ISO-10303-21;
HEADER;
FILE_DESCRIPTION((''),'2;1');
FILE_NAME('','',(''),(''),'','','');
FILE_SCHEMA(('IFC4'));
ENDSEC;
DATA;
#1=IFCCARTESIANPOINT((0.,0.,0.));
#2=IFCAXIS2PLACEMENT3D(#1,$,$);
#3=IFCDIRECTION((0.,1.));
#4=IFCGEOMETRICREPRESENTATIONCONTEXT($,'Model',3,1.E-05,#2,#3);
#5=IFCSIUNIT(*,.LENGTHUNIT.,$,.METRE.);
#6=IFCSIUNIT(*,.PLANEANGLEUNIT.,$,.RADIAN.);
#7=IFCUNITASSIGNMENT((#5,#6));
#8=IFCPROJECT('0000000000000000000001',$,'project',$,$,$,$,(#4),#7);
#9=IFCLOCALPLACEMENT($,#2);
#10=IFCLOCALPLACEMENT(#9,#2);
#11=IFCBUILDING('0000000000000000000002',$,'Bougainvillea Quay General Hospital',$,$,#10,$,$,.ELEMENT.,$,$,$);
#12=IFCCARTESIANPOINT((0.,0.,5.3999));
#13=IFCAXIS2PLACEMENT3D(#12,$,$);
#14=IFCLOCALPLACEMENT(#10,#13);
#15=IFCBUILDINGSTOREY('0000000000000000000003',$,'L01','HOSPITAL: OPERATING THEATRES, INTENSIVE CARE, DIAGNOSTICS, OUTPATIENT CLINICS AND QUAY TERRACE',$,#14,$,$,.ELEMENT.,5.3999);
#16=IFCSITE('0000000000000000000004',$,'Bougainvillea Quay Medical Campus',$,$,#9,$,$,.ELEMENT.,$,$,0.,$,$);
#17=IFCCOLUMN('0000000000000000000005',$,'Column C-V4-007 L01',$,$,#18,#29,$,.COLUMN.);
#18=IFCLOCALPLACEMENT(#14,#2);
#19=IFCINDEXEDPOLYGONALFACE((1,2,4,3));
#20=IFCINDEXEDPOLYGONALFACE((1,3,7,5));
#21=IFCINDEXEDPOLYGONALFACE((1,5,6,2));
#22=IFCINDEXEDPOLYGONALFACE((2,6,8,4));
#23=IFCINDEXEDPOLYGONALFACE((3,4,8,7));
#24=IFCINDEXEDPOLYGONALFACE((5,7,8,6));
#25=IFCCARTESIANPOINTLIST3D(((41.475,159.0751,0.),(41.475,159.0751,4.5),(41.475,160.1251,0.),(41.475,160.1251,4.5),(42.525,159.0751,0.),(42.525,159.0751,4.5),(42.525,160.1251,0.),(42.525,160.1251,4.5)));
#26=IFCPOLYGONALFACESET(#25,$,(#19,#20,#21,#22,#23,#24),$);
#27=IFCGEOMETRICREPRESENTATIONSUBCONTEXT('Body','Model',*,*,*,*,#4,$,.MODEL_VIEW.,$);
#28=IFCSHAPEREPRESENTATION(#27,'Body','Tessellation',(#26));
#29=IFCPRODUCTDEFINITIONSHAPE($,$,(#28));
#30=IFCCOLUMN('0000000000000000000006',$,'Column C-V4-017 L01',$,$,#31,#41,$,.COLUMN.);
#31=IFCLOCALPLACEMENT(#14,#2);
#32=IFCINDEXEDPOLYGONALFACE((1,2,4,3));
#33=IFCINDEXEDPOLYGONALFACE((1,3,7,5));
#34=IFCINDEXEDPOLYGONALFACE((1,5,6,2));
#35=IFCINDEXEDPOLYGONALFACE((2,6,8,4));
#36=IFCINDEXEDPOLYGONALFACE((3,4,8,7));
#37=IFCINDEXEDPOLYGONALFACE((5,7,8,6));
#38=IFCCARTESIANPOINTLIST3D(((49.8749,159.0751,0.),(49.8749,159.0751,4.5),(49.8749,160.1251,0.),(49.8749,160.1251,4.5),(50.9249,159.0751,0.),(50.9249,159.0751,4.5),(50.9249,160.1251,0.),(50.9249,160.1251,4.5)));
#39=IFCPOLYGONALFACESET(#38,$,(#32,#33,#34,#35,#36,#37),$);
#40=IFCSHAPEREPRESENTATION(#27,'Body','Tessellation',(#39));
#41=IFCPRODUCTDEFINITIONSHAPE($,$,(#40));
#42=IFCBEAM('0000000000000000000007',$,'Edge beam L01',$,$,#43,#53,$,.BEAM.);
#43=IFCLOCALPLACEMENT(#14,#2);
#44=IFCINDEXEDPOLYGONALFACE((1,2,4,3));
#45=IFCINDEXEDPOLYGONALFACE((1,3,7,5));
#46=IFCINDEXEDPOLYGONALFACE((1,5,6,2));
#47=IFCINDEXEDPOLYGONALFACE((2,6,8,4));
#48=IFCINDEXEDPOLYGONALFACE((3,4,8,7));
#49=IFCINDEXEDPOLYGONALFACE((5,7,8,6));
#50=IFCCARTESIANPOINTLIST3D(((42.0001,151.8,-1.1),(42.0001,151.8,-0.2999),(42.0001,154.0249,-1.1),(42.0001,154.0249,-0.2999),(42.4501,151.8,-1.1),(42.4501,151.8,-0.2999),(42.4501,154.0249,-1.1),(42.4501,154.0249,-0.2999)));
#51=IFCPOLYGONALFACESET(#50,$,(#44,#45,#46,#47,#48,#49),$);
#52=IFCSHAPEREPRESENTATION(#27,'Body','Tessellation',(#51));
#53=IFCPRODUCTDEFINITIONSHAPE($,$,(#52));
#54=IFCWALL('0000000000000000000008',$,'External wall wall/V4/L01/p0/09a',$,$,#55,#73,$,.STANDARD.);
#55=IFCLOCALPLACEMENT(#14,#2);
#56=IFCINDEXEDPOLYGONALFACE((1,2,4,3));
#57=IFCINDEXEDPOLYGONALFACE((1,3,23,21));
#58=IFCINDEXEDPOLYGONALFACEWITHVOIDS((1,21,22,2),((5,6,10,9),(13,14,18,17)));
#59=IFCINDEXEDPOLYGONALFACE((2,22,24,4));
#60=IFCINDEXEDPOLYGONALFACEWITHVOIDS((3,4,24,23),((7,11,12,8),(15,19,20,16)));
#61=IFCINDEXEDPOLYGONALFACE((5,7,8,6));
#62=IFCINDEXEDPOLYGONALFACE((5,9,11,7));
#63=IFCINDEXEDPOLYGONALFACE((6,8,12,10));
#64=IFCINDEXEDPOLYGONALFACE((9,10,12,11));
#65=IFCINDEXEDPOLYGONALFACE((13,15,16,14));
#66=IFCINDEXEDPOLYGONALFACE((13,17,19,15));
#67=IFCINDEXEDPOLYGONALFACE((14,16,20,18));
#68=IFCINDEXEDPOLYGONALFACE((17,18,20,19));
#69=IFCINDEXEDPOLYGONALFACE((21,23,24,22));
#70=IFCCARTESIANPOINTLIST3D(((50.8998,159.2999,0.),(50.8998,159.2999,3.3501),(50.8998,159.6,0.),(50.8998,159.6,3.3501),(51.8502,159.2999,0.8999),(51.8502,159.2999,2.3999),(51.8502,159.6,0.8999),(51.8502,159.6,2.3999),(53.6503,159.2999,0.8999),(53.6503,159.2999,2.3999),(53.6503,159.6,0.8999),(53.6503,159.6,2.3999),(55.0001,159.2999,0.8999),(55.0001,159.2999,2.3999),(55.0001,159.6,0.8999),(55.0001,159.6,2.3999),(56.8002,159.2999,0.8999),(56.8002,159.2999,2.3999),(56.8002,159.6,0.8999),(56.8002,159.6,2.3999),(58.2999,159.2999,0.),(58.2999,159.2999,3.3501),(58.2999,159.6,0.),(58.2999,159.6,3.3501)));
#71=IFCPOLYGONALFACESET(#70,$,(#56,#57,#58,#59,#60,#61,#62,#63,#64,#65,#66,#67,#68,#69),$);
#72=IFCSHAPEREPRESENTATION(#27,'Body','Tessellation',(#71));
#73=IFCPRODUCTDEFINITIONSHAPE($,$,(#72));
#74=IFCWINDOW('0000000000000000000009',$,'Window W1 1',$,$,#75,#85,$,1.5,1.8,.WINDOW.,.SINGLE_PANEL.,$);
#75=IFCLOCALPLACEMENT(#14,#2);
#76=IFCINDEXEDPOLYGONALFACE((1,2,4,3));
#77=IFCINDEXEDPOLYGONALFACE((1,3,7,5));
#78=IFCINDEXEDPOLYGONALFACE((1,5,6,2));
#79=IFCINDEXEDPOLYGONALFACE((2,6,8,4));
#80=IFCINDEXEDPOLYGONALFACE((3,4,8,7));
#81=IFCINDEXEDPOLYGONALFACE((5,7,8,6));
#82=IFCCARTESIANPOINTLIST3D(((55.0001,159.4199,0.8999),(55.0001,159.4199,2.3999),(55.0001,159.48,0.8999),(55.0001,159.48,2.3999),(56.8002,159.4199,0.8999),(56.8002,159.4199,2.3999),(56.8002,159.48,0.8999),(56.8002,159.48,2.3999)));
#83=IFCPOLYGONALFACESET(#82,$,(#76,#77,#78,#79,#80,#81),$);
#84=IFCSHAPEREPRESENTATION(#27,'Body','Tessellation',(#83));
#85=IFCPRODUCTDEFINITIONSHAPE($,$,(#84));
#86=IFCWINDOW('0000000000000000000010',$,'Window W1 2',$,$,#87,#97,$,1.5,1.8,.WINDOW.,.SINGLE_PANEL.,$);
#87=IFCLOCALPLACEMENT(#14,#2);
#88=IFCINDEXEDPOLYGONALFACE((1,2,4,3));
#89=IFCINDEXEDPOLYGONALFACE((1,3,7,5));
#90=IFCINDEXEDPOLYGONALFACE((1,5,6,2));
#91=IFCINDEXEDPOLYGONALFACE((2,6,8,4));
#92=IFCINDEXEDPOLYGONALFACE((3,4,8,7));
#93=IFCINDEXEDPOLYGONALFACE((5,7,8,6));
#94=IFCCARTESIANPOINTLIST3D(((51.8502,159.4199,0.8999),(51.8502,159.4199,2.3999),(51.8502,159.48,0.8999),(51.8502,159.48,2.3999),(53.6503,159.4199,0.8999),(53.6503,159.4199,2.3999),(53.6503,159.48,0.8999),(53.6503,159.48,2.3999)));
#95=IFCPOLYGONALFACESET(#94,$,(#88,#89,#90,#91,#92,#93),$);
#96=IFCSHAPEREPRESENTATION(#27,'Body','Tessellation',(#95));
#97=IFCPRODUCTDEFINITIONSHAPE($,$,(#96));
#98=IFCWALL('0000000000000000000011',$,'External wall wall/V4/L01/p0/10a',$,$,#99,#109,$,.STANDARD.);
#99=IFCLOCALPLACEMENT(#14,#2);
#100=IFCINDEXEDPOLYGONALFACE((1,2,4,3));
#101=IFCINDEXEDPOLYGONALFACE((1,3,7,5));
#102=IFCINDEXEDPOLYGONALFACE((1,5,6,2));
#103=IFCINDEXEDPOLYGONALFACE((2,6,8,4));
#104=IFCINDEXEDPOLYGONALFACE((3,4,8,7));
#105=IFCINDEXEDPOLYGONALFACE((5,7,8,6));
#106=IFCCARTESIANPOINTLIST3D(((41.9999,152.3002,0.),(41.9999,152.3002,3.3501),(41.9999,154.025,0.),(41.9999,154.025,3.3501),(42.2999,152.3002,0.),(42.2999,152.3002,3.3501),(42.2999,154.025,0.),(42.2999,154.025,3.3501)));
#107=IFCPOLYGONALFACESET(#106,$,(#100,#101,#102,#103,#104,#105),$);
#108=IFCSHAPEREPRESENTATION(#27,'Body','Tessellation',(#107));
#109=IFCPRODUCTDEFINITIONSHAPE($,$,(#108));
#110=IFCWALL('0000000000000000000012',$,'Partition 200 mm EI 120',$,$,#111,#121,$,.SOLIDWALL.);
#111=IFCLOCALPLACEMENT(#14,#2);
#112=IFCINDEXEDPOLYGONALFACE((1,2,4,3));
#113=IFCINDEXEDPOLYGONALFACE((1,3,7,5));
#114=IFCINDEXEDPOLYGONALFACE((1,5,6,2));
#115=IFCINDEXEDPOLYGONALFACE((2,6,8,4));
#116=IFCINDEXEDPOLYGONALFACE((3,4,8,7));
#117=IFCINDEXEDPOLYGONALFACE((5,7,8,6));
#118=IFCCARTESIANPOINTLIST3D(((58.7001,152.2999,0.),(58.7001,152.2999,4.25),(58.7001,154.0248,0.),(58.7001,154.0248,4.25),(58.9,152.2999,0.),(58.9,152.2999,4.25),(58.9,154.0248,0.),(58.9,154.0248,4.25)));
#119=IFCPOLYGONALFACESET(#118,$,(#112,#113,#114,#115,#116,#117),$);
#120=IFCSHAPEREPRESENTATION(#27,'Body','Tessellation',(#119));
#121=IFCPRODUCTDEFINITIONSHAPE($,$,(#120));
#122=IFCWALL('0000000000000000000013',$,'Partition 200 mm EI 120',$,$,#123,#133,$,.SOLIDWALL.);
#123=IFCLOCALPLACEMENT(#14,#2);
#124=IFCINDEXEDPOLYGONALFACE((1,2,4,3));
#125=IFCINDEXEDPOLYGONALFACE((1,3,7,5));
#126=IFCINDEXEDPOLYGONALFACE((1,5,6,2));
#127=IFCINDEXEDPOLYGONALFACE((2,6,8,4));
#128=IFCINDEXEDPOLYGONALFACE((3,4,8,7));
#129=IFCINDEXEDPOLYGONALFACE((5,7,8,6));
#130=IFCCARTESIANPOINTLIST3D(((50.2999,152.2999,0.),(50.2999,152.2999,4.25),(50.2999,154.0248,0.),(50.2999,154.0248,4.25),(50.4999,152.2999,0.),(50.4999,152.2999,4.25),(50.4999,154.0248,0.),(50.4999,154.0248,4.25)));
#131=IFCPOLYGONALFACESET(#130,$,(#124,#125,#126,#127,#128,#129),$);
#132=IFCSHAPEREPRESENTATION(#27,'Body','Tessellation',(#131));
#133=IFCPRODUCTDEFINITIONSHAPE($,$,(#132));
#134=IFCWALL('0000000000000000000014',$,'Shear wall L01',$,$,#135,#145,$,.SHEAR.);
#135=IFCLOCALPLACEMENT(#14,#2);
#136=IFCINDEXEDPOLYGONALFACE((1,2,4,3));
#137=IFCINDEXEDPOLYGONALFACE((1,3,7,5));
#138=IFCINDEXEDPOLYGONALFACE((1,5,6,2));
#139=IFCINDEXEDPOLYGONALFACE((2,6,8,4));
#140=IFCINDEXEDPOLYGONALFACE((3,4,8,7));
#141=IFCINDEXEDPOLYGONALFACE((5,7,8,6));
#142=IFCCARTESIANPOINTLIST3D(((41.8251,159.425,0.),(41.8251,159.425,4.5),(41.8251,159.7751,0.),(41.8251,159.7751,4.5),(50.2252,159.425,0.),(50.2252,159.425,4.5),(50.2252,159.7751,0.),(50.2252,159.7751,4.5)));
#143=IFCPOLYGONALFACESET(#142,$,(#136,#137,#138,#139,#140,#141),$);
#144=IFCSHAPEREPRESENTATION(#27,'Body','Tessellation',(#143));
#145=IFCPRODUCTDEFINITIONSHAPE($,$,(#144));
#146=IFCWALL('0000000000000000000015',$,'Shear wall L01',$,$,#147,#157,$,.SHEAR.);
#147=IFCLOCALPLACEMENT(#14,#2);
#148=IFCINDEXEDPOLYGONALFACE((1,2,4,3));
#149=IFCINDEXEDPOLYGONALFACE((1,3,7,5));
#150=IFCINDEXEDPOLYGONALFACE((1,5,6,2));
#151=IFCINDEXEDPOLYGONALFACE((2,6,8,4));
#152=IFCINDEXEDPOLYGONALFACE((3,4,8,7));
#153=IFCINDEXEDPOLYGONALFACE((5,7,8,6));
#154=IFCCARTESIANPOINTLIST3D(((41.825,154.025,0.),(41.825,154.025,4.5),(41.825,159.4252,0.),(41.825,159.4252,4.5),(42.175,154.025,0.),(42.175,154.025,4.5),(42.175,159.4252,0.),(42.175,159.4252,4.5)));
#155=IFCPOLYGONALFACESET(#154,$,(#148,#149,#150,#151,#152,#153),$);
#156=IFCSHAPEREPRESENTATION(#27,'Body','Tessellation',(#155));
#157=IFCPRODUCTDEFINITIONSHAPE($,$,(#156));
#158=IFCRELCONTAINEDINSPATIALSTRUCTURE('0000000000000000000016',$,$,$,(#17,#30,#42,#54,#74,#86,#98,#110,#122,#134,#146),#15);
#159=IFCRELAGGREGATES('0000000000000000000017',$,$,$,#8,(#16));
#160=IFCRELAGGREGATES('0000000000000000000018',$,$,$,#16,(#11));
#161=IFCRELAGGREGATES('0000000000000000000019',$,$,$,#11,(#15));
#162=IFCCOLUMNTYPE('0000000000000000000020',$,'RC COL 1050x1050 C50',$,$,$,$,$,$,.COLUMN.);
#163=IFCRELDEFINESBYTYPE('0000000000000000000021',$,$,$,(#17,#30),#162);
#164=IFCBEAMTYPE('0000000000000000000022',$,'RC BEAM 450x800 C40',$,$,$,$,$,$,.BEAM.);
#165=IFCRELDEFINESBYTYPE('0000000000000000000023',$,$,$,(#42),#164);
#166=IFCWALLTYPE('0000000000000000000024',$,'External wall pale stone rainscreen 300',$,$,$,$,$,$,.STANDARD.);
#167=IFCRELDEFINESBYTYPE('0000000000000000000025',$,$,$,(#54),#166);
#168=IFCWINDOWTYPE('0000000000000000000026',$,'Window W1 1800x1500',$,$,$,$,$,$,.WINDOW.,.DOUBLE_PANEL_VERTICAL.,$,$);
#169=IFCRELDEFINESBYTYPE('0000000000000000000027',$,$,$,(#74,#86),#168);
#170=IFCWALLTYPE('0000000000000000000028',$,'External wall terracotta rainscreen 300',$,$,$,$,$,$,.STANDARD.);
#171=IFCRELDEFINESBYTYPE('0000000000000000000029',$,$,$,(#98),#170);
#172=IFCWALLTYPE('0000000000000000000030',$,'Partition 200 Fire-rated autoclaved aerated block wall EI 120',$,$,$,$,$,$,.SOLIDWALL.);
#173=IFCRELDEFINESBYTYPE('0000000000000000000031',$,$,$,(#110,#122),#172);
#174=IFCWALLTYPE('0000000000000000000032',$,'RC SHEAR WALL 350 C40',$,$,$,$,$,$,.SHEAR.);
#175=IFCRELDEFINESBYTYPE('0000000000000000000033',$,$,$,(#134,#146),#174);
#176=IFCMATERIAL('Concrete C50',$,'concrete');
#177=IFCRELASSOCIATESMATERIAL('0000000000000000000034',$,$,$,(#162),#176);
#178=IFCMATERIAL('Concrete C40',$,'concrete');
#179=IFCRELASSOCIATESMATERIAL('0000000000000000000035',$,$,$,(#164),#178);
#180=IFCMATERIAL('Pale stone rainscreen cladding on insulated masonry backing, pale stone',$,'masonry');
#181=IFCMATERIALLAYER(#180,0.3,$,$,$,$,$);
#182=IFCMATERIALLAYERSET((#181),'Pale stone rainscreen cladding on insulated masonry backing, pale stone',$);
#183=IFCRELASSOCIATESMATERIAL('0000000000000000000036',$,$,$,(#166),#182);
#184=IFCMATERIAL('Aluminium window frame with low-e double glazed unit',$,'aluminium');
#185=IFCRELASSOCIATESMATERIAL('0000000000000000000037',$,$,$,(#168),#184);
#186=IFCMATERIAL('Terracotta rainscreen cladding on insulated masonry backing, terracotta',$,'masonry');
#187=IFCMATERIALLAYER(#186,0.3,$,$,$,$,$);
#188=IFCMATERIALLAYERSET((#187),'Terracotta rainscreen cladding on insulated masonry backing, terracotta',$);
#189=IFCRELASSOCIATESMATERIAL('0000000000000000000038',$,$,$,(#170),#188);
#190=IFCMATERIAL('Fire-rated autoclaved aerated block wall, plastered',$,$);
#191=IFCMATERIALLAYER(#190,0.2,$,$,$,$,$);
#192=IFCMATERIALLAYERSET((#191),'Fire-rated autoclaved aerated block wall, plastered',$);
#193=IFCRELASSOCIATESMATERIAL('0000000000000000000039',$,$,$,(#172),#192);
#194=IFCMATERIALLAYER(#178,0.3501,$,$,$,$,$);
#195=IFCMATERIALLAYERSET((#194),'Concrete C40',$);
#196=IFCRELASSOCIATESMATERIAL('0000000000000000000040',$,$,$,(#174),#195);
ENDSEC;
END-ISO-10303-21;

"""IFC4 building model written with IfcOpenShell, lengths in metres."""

from ifc_helpers import new_model, si_unit, direction, frame, frame_2d, origin, origin_2d, place, context, subcontext, project, spatial, rectangle, extrude, material, layer, layer_set, material_profile, profile_set, type_object, element, fill, save


model = new_model("IFC4")

# Units and contexts
model_context = context("Model", 3, precision=1e-05, world=origin(), true_north=direction((0.0, 1.0)))
body_context = subcontext(model_context, "Body", "Model", "MODEL_VIEW")
ifc_project = project(units=[si_unit("LENGTHUNIT", "METRE"), si_unit("PLANEANGLEUNIT", "RADIAN")], contexts=[model_context])

# Site, building, storey
site_placement = place(None, origin())
site = spatial("IfcSite", under=ifc_project, at=site_placement, Name="Bougainvillea Quay Medical Campus", CompositionType="ELEMENT", RefElevation=0.0)
building_placement = place(site_placement, origin())
building = spatial("IfcBuilding", under=site, at=building_placement, Name="Bougainvillea Quay General Hospital", CompositionType="ELEMENT")
storey_placement = place(building_placement, frame((0.0, 0.0, 5.3999)))
storey = spatial("IfcBuildingStorey", under=building, at=storey_placement, Name="L01", Description="HOSPITAL: OPERATING THEATRES, INTENSIVE CARE, DIAGNOSTICS, OUTPATIENT CLINICS AND QUAY TERRACE", CompositionType="ELEMENT", Elevation=5.3999)

# Columns
ifc_material_1 = material(Name="Concrete C50", Category="concrete")
ifc_material_profile_1 = material_profile(ifc_material_1, rectangle(XDim=1.05, YDim=1.05, at=origin_2d()))
ifc_profile_set_1 = profile_set([ifc_material_profile_1], Name="Concrete C50")
column_type = type_object("IfcColumnType", Name="RC COL 1050x1050 C50", PredefinedType="COLUMN", material=ifc_profile_set_1)
for number, where, z_axis, x_axis, name in (
    (1, (42.0, 159.6001, 0.0), (0.0, 0.0, 1.0), (1.0, 0.0, 0.0), "Column C-V4-007 L01"),
    (2, (50.3999, 159.6001, 0.0), (0.0, 0.0, 1.0), (1.0, 0.0, 0.0), "Column C-V4-017 L01"),
):
    element("IfcColumn", number, at=place(storey_placement, frame(where, z_axis=z_axis, x_axis=x_axis)), inside=storey, type_object=column_type, Name=name, PredefinedType="COLUMN", context=body_context, shape_type="SweptSolid", body=[
        extrude(rectangle(XDim=1.05, YDim=1.05, at=origin_2d()), origin(), (0.0, 0.0, 1.0), 4.5),
    ])

# Beam
ifc_material_2 = material(Name="Concrete C40", Category="concrete")
ifc_material_profile_2 = material_profile(ifc_material_2, rectangle(XDim=0.45, YDim=0.8, at=origin_2d()))
ifc_profile_set_2 = profile_set([ifc_material_profile_2], Name="Concrete C40")
beam_type = type_object("IfcBeamType", Name="RC BEAM 450x800 C40", PredefinedType="BEAM", material=ifc_profile_set_2)
beam_placement = place(storey_placement, frame((42.2251, 154.0249, -0.7), z_axis=(0.0, -1.0, 0.0), x_axis=(1.0, 0.0, 0.0)))
element("IfcBeam", 3, at=beam_placement, inside=storey, type_object=beam_type, Name="Edge beam L01", PredefinedType="BEAM", context=body_context, shape_type="SweptSolid", body=[
    extrude(rectangle(XDim=0.45, YDim=0.8, at=origin_2d()), origin(), (0.0, 0.0, 1.0), 2.2249),
])

# Wall, openings, windows
ifc_material_3 = material(Name="Pale stone rainscreen cladding on insulated masonry backing, pale stone", Category="masonry")
ifc_layer_1 = layer(ifc_material_3, 0.3)
ifc_layer_set_1 = layer_set([ifc_layer_1], Name="Pale stone rainscreen cladding on insulated masonry backing, pale stone")
wall_type_1 = type_object("IfcWallType", Name="External wall pale stone rainscreen 300", PredefinedType="STANDARD", material=ifc_layer_set_1)
wall_1_placement = place(storey_placement, frame((58.3, 159.45, 0.0), z_axis=(0.0, 0.0, 1.0), x_axis=(-1.0, 0.0, 0.0)))
wall_1 = element("IfcWall", 4, at=wall_1_placement, inside=storey, type_object=wall_type_1, Name="External wall wall/V4/L01/p0/09a", PredefinedType="STANDARD", context=body_context, shape_type="SweptSolid", body=[
    extrude(rectangle(XDim=7.4001, YDim=0.3, at=frame_2d((3.7002, 0.0))), origin(), (0.0, 0.0, 1.0), 3.3501),
])
opening_1_placement = place(wall_1_placement, frame((1.5, 0.0, 0.8999)))
opening_1 = element("IfcOpeningElement", 5, at=opening_1_placement, cuts=wall_1, PredefinedType="OPENING", context=body_context, shape_type="SweptSolid", body=[
    extrude(rectangle(XDim=1.8, YDim=1.5, at=frame_2d((0.8999, 0.75))), frame((0.0, 0.1599, 0.0), z_axis=(0.0, -1.0, 0.0), x_axis=(1.0, 0.0, 0.0)), (0.0, 0.0, 1.0), 0.3201),
])
opening_2_placement = place(wall_1_placement, frame((4.6499, 0.0, 0.8999)))
opening_2 = element("IfcOpeningElement", 6, at=opening_2_placement, cuts=wall_1, PredefinedType="OPENING", context=body_context, shape_type="SweptSolid", body=[
    extrude(rectangle(XDim=1.8, YDim=1.5, at=frame_2d((0.8999, 0.75))), frame((0.0, 0.1599, 0.0), z_axis=(0.0, -1.0, 0.0), x_axis=(1.0, 0.0, 0.0)), (0.0, 0.0, 1.0), 0.3201),
])
ifc_material_4 = material(Name="Aluminium window frame with low-e double glazed unit", Category="aluminium")
window_type = type_object("IfcWindowType", Name="Window W1 1800x1500", PartitioningType="DOUBLE_PANEL_VERTICAL", PredefinedType="WINDOW", material=ifc_material_4)
window_1_placement = place(opening_1_placement, origin())
window_1 = element("IfcWindow", 7, at=window_1_placement, inside=storey, type_object=window_type, Name="Window W1 1", OverallHeight=1.5, OverallWidth=1.8, PartitioningType="SINGLE_PANEL", PredefinedType="WINDOW", context=body_context, shape_type="SweptSolid", body=[
    extrude(rectangle(XDim=1.8, YDim=1.5, at=frame_2d((0.8999, 0.75))), frame((0.0, 0.03, 0.0), z_axis=(0.0, -1.0, 0.0), x_axis=(1.0, 0.0, 0.0)), (0.0, 0.0, 1.0), 0.0601),
])
fill(opening_1, window_1)
window_2_placement = place(opening_2_placement, origin())
window_2 = element("IfcWindow", 8, at=window_2_placement, inside=storey, type_object=window_type, Name="Window W1 2", OverallHeight=1.5, OverallWidth=1.8, PartitioningType="SINGLE_PANEL", PredefinedType="WINDOW", context=body_context, shape_type="SweptSolid", body=[
    extrude(rectangle(XDim=1.8, YDim=1.5, at=frame_2d((0.8999, 0.75))), frame((0.0, 0.03, 0.0), z_axis=(0.0, -1.0, 0.0), x_axis=(1.0, 0.0, 0.0)), (0.0, 0.0, 1.0), 0.0601),
])
fill(opening_2, window_2)

# Walls
ifc_material_5 = material(Name="Terracotta rainscreen cladding on insulated masonry backing, terracotta", Category="masonry")
ifc_layer_2 = layer(ifc_material_5, 0.3)
ifc_layer_set_2 = layer_set([ifc_layer_2], Name="Terracotta rainscreen cladding on insulated masonry backing, terracotta")
wall_type_2 = type_object("IfcWallType", Name="External wall terracotta rainscreen 300", PredefinedType="STANDARD", material=ifc_layer_set_2)
wall_2_placement = place(storey_placement, frame((42.1499, 154.0249, 0.0), z_axis=(0.0, 0.0, 1.0), x_axis=(0.0, -1.0, 0.0)))
element("IfcWall", 9, at=wall_2_placement, inside=storey, type_object=wall_type_2, Name="External wall wall/V4/L01/p0/10a", PredefinedType="STANDARD", context=body_context, shape_type="SweptSolid", body=[
    extrude(rectangle(XDim=1.7249, YDim=0.3, at=frame_2d((0.8623, 0.0))), origin(), (0.0, 0.0, 1.0), 3.3501),
])
ifc_material_6 = material(Name="Fire-rated autoclaved aerated block wall, plastered")
ifc_layer_3 = layer(ifc_material_6, 0.2)
ifc_layer_set_3 = layer_set([ifc_layer_3], Name="Fire-rated autoclaved aerated block wall, plastered")
wall_type_3 = type_object("IfcWallType", Name="Partition 200 Fire-rated autoclaved aerated block wall EI 120", PredefinedType="SOLIDWALL", material=ifc_layer_set_3)
for number, where, z_axis, x_axis, name in (
    (10, (58.8, 152.3, 0.0), (0.0, 0.0, 1.0), (0.0, 1.0, 0.0), "Partition 200 mm EI 120"),
    (11, (50.3999, 152.3, 0.0), (0.0, 0.0, 1.0), (0.0, 1.0, 0.0), "Partition 200 mm EI 120"),
):
    element("IfcWall", number, at=place(storey_placement, frame(where, z_axis=z_axis, x_axis=x_axis)), inside=storey, type_object=wall_type_3, Name=name, PredefinedType="SOLIDWALL", context=body_context, shape_type="SweptSolid", body=[
        extrude(rectangle(XDim=1.7249, YDim=0.2, at=frame_2d((0.8623, 0.0))), origin(), (0.0, 0.0, 1.0), 4.25),
    ])
ifc_layer_4 = layer(ifc_material_2, 0.3501)
ifc_layer_set_4 = layer_set([ifc_layer_4], Name="Concrete C40")
wall_type_4 = type_object("IfcWallType", Name="RC SHEAR WALL 350 C40", PredefinedType="SHEAR", material=ifc_layer_set_4)
wall_3_placement = place(storey_placement, frame((41.825, 159.6001, 0.0), z_axis=(0.0, 0.0, 1.0), x_axis=(1.0, 0.0, 0.0)))
element("IfcWall", 12, at=wall_3_placement, inside=storey, type_object=wall_type_4, Name="Shear wall L01", PredefinedType="SHEAR", context=body_context, shape_type="SweptSolid", body=[
    extrude(rectangle(XDim=8.4001, YDim=0.3501, at=frame_2d((4.2002, 0.0))), origin(), (0.0, 0.0, 1.0), 4.5),
])
wall_4_placement = place(storey_placement, frame((42.0, 154.0249, 0.0), z_axis=(0.0, 0.0, 1.0), x_axis=(0.0, 1.0, 0.0)))
element("IfcWall", 13, at=wall_4_placement, inside=storey, type_object=wall_type_4, Name="Shear wall L01", PredefinedType="SHEAR", context=body_context, shape_type="SweptSolid", body=[
    extrude(rectangle(XDim=5.4001, YDim=0.3501, at=frame_2d((2.7002, 0.0))), origin(), (0.0, 0.0, 1.0), 4.5),
])

save(model, "model.ifc")
